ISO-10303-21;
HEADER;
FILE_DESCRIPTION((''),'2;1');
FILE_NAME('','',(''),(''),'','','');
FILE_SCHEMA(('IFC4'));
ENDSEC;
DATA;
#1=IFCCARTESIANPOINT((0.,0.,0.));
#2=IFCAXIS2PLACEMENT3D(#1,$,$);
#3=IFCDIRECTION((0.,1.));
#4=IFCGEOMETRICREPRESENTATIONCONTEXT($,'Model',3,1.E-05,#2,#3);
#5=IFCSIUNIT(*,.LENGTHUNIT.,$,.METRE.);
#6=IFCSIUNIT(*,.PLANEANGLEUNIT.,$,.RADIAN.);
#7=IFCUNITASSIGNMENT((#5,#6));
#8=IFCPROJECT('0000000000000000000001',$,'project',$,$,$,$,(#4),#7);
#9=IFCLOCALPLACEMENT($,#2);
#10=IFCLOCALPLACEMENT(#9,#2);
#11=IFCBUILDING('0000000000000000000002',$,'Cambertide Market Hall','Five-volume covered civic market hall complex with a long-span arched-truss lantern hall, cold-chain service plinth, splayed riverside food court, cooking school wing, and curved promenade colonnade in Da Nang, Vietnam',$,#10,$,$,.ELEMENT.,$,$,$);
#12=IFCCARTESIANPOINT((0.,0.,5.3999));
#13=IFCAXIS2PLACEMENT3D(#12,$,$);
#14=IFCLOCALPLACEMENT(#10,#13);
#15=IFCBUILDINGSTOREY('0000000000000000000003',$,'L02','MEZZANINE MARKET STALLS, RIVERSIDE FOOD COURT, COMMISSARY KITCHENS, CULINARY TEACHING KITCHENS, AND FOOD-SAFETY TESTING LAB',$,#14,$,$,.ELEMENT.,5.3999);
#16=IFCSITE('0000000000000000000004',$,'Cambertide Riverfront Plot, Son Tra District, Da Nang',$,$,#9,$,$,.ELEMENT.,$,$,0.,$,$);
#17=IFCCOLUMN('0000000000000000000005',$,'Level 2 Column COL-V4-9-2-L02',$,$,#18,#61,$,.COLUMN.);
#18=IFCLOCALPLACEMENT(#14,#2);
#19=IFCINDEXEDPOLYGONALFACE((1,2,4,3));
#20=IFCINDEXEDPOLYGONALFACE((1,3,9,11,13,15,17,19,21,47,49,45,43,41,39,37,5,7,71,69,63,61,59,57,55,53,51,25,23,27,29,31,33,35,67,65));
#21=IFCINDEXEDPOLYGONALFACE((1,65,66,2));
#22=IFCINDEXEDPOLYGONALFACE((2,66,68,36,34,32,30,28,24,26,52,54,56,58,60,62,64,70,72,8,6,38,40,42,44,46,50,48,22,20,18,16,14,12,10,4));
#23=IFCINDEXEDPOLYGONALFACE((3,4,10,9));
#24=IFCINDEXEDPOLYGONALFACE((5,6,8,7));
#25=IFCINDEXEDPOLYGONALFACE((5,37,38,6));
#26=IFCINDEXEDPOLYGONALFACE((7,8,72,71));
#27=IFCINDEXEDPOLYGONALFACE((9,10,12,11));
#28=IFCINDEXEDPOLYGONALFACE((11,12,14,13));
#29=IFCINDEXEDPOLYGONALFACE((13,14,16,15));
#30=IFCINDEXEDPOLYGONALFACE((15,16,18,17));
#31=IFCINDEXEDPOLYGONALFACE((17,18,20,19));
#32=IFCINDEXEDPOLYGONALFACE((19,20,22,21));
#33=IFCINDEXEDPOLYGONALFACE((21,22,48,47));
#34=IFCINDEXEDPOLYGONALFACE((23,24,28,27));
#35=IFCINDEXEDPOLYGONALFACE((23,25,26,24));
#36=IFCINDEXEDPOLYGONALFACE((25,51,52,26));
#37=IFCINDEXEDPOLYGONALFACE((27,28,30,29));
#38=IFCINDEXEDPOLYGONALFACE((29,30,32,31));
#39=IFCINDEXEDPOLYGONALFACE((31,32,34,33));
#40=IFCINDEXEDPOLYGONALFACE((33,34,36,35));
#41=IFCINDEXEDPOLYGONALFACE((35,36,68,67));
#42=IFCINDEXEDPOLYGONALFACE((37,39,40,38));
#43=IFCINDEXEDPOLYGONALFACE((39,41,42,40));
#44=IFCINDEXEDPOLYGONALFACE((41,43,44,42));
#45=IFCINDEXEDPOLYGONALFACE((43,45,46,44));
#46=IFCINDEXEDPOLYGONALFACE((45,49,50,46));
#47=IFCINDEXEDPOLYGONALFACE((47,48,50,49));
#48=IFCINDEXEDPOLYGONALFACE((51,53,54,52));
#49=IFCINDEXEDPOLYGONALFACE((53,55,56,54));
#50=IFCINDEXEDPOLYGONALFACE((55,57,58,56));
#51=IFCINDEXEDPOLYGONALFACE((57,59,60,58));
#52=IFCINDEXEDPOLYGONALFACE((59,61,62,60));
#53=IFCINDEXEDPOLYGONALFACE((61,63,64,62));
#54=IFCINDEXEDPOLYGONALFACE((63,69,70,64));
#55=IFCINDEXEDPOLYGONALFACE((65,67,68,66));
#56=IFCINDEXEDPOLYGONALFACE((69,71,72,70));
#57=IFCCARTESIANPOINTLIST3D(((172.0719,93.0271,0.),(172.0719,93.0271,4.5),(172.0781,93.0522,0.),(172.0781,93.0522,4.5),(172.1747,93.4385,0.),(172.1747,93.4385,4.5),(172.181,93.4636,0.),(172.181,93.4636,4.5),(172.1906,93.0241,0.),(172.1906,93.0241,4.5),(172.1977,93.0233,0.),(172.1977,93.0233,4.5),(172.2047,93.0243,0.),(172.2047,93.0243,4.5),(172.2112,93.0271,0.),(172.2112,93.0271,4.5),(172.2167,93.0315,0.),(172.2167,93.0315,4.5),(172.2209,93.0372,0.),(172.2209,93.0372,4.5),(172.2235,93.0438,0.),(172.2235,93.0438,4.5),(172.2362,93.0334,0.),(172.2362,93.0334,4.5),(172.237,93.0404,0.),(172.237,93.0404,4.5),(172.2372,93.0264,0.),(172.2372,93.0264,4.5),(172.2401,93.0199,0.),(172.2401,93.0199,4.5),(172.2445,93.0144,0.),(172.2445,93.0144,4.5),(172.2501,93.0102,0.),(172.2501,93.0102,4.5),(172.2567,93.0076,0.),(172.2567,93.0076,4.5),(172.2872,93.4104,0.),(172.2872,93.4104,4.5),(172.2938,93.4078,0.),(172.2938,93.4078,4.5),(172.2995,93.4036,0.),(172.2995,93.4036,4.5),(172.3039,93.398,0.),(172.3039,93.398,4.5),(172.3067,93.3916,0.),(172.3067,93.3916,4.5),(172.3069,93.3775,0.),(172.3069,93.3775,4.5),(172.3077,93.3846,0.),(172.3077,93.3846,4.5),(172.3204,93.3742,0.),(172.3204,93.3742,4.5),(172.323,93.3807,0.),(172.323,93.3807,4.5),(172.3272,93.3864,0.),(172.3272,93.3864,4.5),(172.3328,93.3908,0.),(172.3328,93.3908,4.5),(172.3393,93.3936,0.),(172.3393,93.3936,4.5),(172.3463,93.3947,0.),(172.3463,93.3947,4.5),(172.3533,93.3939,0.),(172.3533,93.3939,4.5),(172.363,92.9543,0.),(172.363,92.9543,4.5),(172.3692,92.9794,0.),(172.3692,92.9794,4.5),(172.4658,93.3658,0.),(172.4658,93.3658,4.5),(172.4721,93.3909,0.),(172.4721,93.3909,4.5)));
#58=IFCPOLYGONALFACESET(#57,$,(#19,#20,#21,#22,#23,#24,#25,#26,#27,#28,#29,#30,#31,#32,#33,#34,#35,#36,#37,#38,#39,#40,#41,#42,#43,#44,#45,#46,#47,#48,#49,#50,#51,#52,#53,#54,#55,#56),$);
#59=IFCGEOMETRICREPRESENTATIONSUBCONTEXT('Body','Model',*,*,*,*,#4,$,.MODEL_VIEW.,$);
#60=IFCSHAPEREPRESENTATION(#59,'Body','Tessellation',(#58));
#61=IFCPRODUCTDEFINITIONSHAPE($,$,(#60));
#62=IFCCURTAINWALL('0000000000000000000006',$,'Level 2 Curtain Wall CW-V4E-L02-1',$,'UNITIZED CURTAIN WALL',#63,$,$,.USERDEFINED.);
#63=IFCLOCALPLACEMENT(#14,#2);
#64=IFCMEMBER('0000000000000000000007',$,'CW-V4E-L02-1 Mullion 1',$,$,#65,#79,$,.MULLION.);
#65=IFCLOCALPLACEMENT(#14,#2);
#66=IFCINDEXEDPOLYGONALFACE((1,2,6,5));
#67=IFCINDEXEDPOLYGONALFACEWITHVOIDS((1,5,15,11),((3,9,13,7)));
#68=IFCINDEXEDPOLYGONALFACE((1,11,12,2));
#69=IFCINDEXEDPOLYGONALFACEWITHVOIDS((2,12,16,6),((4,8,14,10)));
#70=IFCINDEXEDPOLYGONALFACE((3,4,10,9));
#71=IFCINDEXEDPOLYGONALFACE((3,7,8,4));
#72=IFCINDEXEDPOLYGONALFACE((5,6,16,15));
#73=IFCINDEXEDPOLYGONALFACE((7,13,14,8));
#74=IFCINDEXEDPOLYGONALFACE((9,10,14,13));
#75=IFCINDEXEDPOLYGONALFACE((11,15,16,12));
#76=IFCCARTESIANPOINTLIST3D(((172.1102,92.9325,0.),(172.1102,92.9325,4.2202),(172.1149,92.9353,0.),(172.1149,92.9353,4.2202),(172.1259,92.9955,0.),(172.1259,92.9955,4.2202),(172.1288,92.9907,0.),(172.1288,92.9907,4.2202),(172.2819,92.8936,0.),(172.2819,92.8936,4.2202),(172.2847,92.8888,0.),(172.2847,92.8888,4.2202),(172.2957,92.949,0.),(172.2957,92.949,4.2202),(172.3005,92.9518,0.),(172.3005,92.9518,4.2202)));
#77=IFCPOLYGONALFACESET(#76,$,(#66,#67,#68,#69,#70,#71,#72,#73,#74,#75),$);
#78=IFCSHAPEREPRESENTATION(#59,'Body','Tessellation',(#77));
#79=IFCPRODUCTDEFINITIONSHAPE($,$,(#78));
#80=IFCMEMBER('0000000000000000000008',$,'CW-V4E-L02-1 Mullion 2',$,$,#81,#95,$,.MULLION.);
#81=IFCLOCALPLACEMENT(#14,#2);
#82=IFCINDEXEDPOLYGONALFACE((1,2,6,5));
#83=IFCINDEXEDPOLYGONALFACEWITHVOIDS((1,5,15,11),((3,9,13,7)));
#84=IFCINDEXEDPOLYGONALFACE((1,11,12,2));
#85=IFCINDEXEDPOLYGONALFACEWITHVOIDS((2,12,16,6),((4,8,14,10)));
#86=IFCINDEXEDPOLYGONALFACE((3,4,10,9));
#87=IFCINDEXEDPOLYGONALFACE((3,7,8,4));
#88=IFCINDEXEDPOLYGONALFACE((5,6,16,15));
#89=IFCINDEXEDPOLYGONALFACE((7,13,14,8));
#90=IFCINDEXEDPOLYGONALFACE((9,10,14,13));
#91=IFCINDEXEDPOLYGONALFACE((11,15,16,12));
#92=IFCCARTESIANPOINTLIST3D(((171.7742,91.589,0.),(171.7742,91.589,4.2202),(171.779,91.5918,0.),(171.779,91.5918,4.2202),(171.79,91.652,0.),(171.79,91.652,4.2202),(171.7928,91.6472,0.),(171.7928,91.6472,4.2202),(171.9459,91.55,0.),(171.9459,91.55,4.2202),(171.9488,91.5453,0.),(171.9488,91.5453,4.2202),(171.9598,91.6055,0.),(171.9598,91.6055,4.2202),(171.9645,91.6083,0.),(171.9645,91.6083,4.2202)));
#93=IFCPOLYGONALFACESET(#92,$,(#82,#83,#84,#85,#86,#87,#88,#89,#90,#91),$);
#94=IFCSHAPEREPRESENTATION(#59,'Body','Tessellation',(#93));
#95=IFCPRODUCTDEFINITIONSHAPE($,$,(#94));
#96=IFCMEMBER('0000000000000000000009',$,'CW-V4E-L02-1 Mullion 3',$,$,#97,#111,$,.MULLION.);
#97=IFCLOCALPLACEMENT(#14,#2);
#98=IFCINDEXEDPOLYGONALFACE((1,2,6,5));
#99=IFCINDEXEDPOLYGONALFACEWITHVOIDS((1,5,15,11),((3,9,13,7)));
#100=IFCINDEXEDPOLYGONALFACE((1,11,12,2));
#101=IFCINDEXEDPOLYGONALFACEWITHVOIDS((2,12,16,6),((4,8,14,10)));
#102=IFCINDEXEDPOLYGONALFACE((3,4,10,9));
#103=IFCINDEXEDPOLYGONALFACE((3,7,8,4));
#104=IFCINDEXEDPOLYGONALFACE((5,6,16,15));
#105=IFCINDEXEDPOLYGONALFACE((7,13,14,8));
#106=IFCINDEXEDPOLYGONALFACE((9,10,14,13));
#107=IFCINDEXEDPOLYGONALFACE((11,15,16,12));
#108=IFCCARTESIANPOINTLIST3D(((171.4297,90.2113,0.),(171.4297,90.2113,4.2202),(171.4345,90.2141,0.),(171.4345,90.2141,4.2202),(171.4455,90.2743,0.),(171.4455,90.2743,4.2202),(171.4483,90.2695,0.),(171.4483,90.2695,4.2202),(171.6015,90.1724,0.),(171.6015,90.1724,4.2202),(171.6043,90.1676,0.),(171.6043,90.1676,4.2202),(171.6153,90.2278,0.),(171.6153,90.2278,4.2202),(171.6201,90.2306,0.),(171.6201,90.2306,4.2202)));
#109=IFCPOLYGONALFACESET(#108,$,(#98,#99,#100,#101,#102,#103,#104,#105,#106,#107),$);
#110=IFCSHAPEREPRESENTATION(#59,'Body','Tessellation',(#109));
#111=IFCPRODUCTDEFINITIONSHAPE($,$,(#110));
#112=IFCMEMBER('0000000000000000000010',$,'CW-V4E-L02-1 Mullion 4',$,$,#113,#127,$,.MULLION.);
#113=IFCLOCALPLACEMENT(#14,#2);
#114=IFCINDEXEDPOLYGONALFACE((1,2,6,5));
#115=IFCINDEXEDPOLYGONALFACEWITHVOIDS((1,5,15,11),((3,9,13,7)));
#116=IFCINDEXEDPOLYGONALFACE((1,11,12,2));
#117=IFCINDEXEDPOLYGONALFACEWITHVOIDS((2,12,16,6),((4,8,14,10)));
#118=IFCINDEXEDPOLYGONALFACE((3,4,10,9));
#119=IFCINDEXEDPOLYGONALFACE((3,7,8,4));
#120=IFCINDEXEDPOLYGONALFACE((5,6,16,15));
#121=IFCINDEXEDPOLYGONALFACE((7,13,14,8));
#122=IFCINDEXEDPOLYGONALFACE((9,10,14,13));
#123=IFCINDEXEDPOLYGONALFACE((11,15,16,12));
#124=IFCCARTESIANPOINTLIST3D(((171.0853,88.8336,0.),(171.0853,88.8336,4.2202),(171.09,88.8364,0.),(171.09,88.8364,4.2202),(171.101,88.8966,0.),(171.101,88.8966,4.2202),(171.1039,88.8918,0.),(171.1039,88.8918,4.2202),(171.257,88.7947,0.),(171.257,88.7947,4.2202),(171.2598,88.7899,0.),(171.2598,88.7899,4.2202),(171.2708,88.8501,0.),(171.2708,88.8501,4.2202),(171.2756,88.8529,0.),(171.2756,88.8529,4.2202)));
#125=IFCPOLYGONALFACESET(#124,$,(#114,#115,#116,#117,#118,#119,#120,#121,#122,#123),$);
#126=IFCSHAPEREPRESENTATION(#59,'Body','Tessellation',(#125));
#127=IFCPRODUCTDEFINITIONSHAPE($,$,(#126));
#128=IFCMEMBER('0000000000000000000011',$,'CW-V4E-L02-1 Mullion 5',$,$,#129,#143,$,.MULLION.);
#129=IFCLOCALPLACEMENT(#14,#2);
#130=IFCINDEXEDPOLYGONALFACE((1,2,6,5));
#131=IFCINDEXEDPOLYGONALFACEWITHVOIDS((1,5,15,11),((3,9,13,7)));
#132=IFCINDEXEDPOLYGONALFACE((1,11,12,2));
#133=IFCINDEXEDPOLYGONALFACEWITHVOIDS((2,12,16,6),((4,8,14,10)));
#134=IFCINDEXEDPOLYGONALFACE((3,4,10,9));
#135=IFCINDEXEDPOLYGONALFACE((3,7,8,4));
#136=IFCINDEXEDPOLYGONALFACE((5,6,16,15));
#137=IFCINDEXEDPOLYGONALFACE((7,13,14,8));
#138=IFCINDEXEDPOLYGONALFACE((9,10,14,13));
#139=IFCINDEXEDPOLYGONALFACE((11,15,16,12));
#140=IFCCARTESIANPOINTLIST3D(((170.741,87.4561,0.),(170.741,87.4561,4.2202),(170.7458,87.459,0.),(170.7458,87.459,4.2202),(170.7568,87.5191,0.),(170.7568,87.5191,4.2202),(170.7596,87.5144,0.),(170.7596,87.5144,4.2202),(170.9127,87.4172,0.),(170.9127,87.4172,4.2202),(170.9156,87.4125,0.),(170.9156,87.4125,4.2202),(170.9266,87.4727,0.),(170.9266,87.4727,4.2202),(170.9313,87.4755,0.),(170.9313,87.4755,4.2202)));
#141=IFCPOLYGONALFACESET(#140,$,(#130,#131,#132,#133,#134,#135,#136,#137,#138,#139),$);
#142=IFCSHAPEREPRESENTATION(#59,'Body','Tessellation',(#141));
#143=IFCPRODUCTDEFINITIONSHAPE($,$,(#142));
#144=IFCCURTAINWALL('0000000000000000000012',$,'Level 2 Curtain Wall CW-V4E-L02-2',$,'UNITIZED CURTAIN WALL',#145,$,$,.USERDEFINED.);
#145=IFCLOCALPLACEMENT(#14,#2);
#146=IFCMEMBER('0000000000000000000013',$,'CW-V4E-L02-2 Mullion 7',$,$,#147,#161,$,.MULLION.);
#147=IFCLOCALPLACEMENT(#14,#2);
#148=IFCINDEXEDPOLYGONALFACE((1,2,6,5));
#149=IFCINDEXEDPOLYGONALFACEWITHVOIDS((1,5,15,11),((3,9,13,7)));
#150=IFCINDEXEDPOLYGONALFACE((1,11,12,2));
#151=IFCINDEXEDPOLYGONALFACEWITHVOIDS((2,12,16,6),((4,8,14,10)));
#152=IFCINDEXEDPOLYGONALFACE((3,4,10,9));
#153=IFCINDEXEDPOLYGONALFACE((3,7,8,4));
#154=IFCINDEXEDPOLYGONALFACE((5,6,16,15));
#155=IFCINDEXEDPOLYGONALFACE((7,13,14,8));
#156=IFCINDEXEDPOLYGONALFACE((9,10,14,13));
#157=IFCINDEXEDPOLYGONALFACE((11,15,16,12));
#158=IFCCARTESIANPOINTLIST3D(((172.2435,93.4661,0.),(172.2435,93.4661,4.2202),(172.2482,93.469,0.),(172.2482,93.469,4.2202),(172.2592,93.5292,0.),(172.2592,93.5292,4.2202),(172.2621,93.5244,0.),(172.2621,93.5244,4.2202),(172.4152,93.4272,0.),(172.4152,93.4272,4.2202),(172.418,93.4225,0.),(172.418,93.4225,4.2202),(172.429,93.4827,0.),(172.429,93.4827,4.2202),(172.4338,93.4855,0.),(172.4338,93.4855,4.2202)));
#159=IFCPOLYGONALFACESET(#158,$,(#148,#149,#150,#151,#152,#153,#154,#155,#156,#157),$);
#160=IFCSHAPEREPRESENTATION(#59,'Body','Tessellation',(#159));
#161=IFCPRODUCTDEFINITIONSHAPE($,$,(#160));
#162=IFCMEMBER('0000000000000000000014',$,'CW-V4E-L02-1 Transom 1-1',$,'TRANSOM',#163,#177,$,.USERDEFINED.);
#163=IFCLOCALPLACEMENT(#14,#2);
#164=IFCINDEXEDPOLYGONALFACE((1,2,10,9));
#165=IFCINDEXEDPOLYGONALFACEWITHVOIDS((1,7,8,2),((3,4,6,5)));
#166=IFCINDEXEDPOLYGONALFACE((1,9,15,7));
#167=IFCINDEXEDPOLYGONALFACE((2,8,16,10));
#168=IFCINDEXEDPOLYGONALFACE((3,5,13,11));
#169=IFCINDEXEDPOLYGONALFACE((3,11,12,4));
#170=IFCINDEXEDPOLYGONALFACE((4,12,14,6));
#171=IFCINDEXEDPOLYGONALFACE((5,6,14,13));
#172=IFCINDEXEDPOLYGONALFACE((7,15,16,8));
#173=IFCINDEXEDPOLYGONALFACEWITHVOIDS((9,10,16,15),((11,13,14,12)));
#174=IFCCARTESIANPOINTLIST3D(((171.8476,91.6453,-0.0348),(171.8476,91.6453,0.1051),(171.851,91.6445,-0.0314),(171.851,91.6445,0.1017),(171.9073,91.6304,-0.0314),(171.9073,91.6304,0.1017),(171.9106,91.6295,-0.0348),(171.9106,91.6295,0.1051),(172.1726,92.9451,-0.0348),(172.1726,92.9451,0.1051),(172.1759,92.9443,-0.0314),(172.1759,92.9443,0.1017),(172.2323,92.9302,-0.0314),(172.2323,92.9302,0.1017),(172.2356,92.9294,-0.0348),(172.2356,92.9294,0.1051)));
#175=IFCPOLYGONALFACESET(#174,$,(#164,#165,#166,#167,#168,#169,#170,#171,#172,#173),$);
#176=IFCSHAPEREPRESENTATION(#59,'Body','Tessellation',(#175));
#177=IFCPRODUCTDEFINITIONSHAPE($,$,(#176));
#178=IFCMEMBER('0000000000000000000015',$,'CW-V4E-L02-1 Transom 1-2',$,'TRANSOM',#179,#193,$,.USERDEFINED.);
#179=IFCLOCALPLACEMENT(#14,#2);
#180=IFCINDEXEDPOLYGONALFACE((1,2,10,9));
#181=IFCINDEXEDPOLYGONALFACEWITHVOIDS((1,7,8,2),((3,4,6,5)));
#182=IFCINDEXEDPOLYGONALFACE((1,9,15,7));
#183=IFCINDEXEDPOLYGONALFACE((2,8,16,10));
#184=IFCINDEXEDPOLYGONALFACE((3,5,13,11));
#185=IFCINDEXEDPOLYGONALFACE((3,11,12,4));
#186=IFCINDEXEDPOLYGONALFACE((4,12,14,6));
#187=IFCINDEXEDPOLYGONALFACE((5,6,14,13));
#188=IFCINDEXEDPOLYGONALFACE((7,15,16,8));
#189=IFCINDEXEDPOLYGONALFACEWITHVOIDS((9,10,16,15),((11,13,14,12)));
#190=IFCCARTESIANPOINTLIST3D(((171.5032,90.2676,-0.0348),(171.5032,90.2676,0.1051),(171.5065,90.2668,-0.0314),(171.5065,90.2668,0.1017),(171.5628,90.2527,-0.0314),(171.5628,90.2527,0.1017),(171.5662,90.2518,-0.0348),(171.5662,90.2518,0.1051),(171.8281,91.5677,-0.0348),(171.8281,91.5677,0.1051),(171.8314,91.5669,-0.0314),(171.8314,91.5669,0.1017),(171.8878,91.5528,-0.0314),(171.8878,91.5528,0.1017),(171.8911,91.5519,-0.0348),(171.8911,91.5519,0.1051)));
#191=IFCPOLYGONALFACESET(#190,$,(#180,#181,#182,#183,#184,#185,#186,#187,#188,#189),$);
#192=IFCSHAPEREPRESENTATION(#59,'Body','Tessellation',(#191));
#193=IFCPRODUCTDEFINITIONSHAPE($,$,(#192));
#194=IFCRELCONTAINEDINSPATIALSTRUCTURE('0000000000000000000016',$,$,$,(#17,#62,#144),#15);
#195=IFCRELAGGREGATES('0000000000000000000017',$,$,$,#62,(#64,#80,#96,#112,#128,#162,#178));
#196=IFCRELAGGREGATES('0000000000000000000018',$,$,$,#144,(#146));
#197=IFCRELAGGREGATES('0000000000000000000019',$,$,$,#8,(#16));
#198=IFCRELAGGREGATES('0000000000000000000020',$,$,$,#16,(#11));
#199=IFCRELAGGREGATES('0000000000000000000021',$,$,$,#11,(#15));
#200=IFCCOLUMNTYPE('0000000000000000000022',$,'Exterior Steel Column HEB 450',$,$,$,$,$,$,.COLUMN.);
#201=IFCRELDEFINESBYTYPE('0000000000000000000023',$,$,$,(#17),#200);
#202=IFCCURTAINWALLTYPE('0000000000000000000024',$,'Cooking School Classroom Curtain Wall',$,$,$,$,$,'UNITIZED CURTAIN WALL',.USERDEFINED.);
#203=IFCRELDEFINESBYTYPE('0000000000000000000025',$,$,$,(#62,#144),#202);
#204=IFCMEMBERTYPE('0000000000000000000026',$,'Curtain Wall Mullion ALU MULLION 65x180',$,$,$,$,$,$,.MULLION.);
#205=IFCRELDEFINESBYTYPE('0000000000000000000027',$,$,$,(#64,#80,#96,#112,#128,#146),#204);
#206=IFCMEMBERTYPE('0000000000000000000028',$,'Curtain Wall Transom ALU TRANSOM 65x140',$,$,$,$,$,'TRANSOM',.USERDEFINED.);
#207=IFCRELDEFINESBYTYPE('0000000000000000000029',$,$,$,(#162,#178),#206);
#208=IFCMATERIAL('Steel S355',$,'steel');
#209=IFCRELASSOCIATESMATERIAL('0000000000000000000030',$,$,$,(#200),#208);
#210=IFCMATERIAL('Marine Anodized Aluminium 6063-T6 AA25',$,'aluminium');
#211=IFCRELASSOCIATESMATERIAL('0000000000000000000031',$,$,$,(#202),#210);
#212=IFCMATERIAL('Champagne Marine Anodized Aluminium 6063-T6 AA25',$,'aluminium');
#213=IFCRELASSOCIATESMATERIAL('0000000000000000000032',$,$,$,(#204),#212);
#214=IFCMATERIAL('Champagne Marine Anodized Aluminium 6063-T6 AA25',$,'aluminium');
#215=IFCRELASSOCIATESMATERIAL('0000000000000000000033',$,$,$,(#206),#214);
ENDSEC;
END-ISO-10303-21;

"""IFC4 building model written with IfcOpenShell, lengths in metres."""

from ifc_helpers import new_model, si_unit, direction, frame, origin, origin_2d, place, context, subcontext, project, spatial, hollow_rectangle, i_section, extrude, material, material_profile, profile_set, type_object, element, aggregate, save


model = new_model("IFC4")

# Units and contexts
model_context = context("Model", 3, precision=1e-05, world=origin(), true_north=direction((0.0, 1.0)))
body_context = subcontext(model_context, "Body", "Model", "MODEL_VIEW")
ifc_project = project(units=[si_unit("LENGTHUNIT", "METRE"), si_unit("PLANEANGLEUNIT", "RADIAN")], contexts=[model_context])

# Site, building, storey
site_placement = place(None, origin())
site = spatial("IfcSite", under=ifc_project, at=site_placement, Name="Cambertide Riverfront Plot, Son Tra District, Da Nang", CompositionType="ELEMENT", RefElevation=0.0)
building_placement = place(site_placement, origin())
building = spatial("IfcBuilding", under=site, at=building_placement, Name="Cambertide Market Hall", Description="Five-volume covered civic market hall complex with a long-span arched-truss lantern hall, cold-chain service plinth, splayed riverside food court, cooking school wing, and curved promenade colonnade in Da Nang, Vietnam", CompositionType="ELEMENT")
storey_placement = place(building_placement, frame((0.0, 0.0, 5.3999)))
storey = spatial("IfcBuildingStorey", under=building, at=storey_placement, Name="L02", Description="MEZZANINE MARKET STALLS, RIVERSIDE FOOD COURT, COMMISSARY KITCHENS, CULINARY TEACHING KITCHENS, AND FOOD-SAFETY TESTING LAB", CompositionType="ELEMENT", Elevation=5.3999)

# Column
ifc_material_1 = material(Name="Steel S355", Category="steel")
ifc_material_profile_1 = material_profile(ifc_material_1, i_section(OverallWidth=0.3, OverallDepth=0.45, WebThickness=0.0139, FlangeThickness=0.0259, FilletRadius=0.0271, at=origin_2d()), Name="HEB 450")
ifc_profile_set_1 = profile_set([ifc_material_profile_1], Name="Steel S355")
column_type = type_object("IfcColumnType", Name="Exterior Steel Column HEB 450", PredefinedType="COLUMN", material=ifc_profile_set_1)
column_placement = place(storey_placement, frame((172.272, 93.209, 0.0), z_axis=(0.0, 0.0, 1.0), x_axis=(0.970143, -0.242536, 0.0)))
element("IfcColumn", 1, at=column_placement, inside=storey, type_object=column_type, Name="Level 2 Column COL-V4-9-2-L02", PredefinedType="COLUMN", context=body_context, shape_type="SweptSolid", body=[
    extrude(i_section(OverallWidth=0.3, OverallDepth=0.45, WebThickness=0.0139, FlangeThickness=0.0259, FilletRadius=0.0271, at=origin_2d()), origin(), (0.0, 0.0, 1.0), 4.5),
])

# Curtain wall, members
ifc_material_2 = material(Name="Marine Anodized Aluminium 6063-T6 AA25", Category="aluminium")
curtain_wall_type = type_object("IfcCurtainWallType", Name="Cooking School Classroom Curtain Wall", ElementType="UNITIZED CURTAIN WALL", PredefinedType="USERDEFINED", material=ifc_material_2)
curtain_wall_1_placement = place(storey_placement, origin())
curtain_wall_1 = element("IfcCurtainWall", 2, at=curtain_wall_1_placement, inside=storey, type_object=curtain_wall_type, Name="Level 2 Curtain Wall CW-V4E-L02-1", ObjectType="UNITIZED CURTAIN WALL", PredefinedType="USERDEFINED")
ifc_material_3 = material(Name="Champagne Marine Anodized Aluminium 6063-T6 AA25", Category="aluminium")
ifc_material_profile_2 = material_profile(ifc_material_3, hollow_rectangle(XDim=0.0649, YDim=0.1799, WallThickness=0.0039, at=origin_2d()), Name="ALU MULLION 65x180")
ifc_profile_set_2 = profile_set([ifc_material_profile_2], Name="Champagne Marine Anodized Aluminium 6063-T6 AA25")
member_type_1 = type_object("IfcMemberType", Name="Curtain Wall Mullion ALU MULLION 65x180", PredefinedType="MULLION", material=ifc_profile_set_2)
member_1_placement = place(storey_placement, frame((172.2053, 92.9421, 0.0), z_axis=(0.0, 0.0, 1.0), x_axis=(-0.242536, -0.970143, 0.0)))
member_1 = element("IfcMember", 3, at=member_1_placement, type_object=member_type_1, Name="CW-V4E-L02-1 Mullion 1", PredefinedType="MULLION", context=body_context, shape_type="SweptSolid", body=[
    extrude(hollow_rectangle(XDim=0.0649, YDim=0.1799, WallThickness=0.0039, at=origin_2d()), origin(), (0.0, 0.0, 1.0), 4.2202),
])
member_2_placement = place(storey_placement, frame((171.8694, 91.5986, 0.0), z_axis=(0.0, 0.0, 1.0), x_axis=(-0.242536, -0.970143, 0.0)))
member_2 = element("IfcMember", 4, at=member_2_placement, type_object=member_type_1, Name="CW-V4E-L02-1 Mullion 2", PredefinedType="MULLION", context=body_context, shape_type="SweptSolid", body=[
    extrude(hollow_rectangle(XDim=0.0649, YDim=0.1799, WallThickness=0.0039, at=origin_2d()), origin(), (0.0, 0.0, 1.0), 4.2202),
])
member_3_placement = place(storey_placement, frame((171.5249, 90.2209, 0.0), z_axis=(0.0, 0.0, 1.0), x_axis=(-0.242536, -0.970143, 0.0)))
member_3 = element("IfcMember", 5, at=member_3_placement, type_object=member_type_1, Name="CW-V4E-L02-1 Mullion 3", PredefinedType="MULLION", context=body_context, shape_type="SweptSolid", body=[
    extrude(hollow_rectangle(XDim=0.0649, YDim=0.1799, WallThickness=0.0039, at=origin_2d()), origin(), (0.0, 0.0, 1.0), 4.2202),
])
member_4_placement = place(storey_placement, frame((171.1804, 88.8433, 0.0), z_axis=(0.0, 0.0, 1.0), x_axis=(-0.242536, -0.970143, 0.0)))
member_4 = element("IfcMember", 6, at=member_4_placement, type_object=member_type_1, Name="CW-V4E-L02-1 Mullion 4", PredefinedType="MULLION", context=body_context, shape_type="SweptSolid", body=[
    extrude(hollow_rectangle(XDim=0.0649, YDim=0.1799, WallThickness=0.0039, at=origin_2d()), origin(), (0.0, 0.0, 1.0), 4.2202),
])
member_5_placement = place(storey_placement, frame((170.8362, 87.4658, 0.0), z_axis=(0.0, 0.0, 1.0), x_axis=(-0.242536, -0.970143, 0.0)))
member_5 = element("IfcMember", 7, at=member_5_placement, type_object=member_type_1, Name="CW-V4E-L02-1 Mullion 5", PredefinedType="MULLION", context=body_context, shape_type="SweptSolid", body=[
    extrude(hollow_rectangle(XDim=0.0649, YDim=0.1799, WallThickness=0.0039, at=origin_2d()), origin(), (0.0, 0.0, 1.0), 4.2202),
])

# Curtain wall, member
curtain_wall_2_placement = place(storey_placement, origin())
curtain_wall_2 = element("IfcCurtainWall", 8, at=curtain_wall_2_placement, inside=storey, type_object=curtain_wall_type, Name="Level 2 Curtain Wall CW-V4E-L02-2", ObjectType="UNITIZED CURTAIN WALL", PredefinedType="USERDEFINED")
member_6_placement = place(storey_placement, frame((172.3386, 93.4758, 0.0), z_axis=(0.0, 0.0, 1.0), x_axis=(-0.242536, -0.970142, 0.0)))
member_6 = element("IfcMember", 9, at=member_6_placement, type_object=member_type_1, Name="CW-V4E-L02-2 Mullion 7", PredefinedType="MULLION", context=body_context, shape_type="SweptSolid", body=[
    extrude(hollow_rectangle(XDim=0.0649, YDim=0.1799, WallThickness=0.0039, at=origin_2d()), origin(), (0.0, 0.0, 1.0), 4.2202),
])

# Members
ifc_material_4 = material(Name="Champagne Marine Anodized Aluminium 6063-T6 AA25", Category="aluminium")
ifc_material_profile_3 = material_profile(ifc_material_4, hollow_rectangle(XDim=0.0649, YDim=0.1399, WallThickness=0.0034, at=origin_2d()), Name="ALU TRANSOM 65x140")
ifc_profile_set_3 = profile_set([ifc_material_profile_3], Name="Champagne Marine Anodized Aluminium 6063-T6 AA25")
member_type_2 = type_object("IfcMemberType", Name="Curtain Wall Transom ALU TRANSOM 65x140", ElementType="TRANSOM", PredefinedType="USERDEFINED", material=ifc_profile_set_3)
member_7_placement = place(storey_placement, frame((172.2041, 92.9373, 0.0352), z_axis=(-0.242536, -0.970143, 0.0), x_axis=(0.970143, -0.242536, 0.0)))
member_7 = element("IfcMember", 10, at=member_7_placement, type_object=member_type_2, Name="CW-V4E-L02-1 Transom 1-1", ObjectType="TRANSOM", PredefinedType="USERDEFINED", context=body_context, shape_type="SweptSolid", body=[
    extrude(hollow_rectangle(XDim=0.0649, YDim=0.1399, WallThickness=0.0034, at=origin_2d()), origin(), (0.0, 0.0, 1.0), 1.3398),
])
member_8_placement = place(storey_placement, frame((171.8596, 91.5598, 0.0352), z_axis=(-0.242493, -0.970153, 0.0), x_axis=(0.970153, -0.242493, 0.0)))
member_8 = element("IfcMember", 11, at=member_8_placement, type_object=member_type_2, Name="CW-V4E-L02-1 Transom 1-2", ObjectType="TRANSOM", PredefinedType="USERDEFINED", context=body_context, shape_type="SweptSolid", body=[
    extrude(hollow_rectangle(XDim=0.0649, YDim=0.1399, WallThickness=0.0034, at=origin_2d()), origin(), (0.0, 0.0, 1.0), 1.3401),
])

aggregate(curtain_wall_1, [member_1, member_2, member_3, member_4, member_5, member_7, member_8])
aggregate(curtain_wall_2, [member_6])

save(model, "model.ifc")
